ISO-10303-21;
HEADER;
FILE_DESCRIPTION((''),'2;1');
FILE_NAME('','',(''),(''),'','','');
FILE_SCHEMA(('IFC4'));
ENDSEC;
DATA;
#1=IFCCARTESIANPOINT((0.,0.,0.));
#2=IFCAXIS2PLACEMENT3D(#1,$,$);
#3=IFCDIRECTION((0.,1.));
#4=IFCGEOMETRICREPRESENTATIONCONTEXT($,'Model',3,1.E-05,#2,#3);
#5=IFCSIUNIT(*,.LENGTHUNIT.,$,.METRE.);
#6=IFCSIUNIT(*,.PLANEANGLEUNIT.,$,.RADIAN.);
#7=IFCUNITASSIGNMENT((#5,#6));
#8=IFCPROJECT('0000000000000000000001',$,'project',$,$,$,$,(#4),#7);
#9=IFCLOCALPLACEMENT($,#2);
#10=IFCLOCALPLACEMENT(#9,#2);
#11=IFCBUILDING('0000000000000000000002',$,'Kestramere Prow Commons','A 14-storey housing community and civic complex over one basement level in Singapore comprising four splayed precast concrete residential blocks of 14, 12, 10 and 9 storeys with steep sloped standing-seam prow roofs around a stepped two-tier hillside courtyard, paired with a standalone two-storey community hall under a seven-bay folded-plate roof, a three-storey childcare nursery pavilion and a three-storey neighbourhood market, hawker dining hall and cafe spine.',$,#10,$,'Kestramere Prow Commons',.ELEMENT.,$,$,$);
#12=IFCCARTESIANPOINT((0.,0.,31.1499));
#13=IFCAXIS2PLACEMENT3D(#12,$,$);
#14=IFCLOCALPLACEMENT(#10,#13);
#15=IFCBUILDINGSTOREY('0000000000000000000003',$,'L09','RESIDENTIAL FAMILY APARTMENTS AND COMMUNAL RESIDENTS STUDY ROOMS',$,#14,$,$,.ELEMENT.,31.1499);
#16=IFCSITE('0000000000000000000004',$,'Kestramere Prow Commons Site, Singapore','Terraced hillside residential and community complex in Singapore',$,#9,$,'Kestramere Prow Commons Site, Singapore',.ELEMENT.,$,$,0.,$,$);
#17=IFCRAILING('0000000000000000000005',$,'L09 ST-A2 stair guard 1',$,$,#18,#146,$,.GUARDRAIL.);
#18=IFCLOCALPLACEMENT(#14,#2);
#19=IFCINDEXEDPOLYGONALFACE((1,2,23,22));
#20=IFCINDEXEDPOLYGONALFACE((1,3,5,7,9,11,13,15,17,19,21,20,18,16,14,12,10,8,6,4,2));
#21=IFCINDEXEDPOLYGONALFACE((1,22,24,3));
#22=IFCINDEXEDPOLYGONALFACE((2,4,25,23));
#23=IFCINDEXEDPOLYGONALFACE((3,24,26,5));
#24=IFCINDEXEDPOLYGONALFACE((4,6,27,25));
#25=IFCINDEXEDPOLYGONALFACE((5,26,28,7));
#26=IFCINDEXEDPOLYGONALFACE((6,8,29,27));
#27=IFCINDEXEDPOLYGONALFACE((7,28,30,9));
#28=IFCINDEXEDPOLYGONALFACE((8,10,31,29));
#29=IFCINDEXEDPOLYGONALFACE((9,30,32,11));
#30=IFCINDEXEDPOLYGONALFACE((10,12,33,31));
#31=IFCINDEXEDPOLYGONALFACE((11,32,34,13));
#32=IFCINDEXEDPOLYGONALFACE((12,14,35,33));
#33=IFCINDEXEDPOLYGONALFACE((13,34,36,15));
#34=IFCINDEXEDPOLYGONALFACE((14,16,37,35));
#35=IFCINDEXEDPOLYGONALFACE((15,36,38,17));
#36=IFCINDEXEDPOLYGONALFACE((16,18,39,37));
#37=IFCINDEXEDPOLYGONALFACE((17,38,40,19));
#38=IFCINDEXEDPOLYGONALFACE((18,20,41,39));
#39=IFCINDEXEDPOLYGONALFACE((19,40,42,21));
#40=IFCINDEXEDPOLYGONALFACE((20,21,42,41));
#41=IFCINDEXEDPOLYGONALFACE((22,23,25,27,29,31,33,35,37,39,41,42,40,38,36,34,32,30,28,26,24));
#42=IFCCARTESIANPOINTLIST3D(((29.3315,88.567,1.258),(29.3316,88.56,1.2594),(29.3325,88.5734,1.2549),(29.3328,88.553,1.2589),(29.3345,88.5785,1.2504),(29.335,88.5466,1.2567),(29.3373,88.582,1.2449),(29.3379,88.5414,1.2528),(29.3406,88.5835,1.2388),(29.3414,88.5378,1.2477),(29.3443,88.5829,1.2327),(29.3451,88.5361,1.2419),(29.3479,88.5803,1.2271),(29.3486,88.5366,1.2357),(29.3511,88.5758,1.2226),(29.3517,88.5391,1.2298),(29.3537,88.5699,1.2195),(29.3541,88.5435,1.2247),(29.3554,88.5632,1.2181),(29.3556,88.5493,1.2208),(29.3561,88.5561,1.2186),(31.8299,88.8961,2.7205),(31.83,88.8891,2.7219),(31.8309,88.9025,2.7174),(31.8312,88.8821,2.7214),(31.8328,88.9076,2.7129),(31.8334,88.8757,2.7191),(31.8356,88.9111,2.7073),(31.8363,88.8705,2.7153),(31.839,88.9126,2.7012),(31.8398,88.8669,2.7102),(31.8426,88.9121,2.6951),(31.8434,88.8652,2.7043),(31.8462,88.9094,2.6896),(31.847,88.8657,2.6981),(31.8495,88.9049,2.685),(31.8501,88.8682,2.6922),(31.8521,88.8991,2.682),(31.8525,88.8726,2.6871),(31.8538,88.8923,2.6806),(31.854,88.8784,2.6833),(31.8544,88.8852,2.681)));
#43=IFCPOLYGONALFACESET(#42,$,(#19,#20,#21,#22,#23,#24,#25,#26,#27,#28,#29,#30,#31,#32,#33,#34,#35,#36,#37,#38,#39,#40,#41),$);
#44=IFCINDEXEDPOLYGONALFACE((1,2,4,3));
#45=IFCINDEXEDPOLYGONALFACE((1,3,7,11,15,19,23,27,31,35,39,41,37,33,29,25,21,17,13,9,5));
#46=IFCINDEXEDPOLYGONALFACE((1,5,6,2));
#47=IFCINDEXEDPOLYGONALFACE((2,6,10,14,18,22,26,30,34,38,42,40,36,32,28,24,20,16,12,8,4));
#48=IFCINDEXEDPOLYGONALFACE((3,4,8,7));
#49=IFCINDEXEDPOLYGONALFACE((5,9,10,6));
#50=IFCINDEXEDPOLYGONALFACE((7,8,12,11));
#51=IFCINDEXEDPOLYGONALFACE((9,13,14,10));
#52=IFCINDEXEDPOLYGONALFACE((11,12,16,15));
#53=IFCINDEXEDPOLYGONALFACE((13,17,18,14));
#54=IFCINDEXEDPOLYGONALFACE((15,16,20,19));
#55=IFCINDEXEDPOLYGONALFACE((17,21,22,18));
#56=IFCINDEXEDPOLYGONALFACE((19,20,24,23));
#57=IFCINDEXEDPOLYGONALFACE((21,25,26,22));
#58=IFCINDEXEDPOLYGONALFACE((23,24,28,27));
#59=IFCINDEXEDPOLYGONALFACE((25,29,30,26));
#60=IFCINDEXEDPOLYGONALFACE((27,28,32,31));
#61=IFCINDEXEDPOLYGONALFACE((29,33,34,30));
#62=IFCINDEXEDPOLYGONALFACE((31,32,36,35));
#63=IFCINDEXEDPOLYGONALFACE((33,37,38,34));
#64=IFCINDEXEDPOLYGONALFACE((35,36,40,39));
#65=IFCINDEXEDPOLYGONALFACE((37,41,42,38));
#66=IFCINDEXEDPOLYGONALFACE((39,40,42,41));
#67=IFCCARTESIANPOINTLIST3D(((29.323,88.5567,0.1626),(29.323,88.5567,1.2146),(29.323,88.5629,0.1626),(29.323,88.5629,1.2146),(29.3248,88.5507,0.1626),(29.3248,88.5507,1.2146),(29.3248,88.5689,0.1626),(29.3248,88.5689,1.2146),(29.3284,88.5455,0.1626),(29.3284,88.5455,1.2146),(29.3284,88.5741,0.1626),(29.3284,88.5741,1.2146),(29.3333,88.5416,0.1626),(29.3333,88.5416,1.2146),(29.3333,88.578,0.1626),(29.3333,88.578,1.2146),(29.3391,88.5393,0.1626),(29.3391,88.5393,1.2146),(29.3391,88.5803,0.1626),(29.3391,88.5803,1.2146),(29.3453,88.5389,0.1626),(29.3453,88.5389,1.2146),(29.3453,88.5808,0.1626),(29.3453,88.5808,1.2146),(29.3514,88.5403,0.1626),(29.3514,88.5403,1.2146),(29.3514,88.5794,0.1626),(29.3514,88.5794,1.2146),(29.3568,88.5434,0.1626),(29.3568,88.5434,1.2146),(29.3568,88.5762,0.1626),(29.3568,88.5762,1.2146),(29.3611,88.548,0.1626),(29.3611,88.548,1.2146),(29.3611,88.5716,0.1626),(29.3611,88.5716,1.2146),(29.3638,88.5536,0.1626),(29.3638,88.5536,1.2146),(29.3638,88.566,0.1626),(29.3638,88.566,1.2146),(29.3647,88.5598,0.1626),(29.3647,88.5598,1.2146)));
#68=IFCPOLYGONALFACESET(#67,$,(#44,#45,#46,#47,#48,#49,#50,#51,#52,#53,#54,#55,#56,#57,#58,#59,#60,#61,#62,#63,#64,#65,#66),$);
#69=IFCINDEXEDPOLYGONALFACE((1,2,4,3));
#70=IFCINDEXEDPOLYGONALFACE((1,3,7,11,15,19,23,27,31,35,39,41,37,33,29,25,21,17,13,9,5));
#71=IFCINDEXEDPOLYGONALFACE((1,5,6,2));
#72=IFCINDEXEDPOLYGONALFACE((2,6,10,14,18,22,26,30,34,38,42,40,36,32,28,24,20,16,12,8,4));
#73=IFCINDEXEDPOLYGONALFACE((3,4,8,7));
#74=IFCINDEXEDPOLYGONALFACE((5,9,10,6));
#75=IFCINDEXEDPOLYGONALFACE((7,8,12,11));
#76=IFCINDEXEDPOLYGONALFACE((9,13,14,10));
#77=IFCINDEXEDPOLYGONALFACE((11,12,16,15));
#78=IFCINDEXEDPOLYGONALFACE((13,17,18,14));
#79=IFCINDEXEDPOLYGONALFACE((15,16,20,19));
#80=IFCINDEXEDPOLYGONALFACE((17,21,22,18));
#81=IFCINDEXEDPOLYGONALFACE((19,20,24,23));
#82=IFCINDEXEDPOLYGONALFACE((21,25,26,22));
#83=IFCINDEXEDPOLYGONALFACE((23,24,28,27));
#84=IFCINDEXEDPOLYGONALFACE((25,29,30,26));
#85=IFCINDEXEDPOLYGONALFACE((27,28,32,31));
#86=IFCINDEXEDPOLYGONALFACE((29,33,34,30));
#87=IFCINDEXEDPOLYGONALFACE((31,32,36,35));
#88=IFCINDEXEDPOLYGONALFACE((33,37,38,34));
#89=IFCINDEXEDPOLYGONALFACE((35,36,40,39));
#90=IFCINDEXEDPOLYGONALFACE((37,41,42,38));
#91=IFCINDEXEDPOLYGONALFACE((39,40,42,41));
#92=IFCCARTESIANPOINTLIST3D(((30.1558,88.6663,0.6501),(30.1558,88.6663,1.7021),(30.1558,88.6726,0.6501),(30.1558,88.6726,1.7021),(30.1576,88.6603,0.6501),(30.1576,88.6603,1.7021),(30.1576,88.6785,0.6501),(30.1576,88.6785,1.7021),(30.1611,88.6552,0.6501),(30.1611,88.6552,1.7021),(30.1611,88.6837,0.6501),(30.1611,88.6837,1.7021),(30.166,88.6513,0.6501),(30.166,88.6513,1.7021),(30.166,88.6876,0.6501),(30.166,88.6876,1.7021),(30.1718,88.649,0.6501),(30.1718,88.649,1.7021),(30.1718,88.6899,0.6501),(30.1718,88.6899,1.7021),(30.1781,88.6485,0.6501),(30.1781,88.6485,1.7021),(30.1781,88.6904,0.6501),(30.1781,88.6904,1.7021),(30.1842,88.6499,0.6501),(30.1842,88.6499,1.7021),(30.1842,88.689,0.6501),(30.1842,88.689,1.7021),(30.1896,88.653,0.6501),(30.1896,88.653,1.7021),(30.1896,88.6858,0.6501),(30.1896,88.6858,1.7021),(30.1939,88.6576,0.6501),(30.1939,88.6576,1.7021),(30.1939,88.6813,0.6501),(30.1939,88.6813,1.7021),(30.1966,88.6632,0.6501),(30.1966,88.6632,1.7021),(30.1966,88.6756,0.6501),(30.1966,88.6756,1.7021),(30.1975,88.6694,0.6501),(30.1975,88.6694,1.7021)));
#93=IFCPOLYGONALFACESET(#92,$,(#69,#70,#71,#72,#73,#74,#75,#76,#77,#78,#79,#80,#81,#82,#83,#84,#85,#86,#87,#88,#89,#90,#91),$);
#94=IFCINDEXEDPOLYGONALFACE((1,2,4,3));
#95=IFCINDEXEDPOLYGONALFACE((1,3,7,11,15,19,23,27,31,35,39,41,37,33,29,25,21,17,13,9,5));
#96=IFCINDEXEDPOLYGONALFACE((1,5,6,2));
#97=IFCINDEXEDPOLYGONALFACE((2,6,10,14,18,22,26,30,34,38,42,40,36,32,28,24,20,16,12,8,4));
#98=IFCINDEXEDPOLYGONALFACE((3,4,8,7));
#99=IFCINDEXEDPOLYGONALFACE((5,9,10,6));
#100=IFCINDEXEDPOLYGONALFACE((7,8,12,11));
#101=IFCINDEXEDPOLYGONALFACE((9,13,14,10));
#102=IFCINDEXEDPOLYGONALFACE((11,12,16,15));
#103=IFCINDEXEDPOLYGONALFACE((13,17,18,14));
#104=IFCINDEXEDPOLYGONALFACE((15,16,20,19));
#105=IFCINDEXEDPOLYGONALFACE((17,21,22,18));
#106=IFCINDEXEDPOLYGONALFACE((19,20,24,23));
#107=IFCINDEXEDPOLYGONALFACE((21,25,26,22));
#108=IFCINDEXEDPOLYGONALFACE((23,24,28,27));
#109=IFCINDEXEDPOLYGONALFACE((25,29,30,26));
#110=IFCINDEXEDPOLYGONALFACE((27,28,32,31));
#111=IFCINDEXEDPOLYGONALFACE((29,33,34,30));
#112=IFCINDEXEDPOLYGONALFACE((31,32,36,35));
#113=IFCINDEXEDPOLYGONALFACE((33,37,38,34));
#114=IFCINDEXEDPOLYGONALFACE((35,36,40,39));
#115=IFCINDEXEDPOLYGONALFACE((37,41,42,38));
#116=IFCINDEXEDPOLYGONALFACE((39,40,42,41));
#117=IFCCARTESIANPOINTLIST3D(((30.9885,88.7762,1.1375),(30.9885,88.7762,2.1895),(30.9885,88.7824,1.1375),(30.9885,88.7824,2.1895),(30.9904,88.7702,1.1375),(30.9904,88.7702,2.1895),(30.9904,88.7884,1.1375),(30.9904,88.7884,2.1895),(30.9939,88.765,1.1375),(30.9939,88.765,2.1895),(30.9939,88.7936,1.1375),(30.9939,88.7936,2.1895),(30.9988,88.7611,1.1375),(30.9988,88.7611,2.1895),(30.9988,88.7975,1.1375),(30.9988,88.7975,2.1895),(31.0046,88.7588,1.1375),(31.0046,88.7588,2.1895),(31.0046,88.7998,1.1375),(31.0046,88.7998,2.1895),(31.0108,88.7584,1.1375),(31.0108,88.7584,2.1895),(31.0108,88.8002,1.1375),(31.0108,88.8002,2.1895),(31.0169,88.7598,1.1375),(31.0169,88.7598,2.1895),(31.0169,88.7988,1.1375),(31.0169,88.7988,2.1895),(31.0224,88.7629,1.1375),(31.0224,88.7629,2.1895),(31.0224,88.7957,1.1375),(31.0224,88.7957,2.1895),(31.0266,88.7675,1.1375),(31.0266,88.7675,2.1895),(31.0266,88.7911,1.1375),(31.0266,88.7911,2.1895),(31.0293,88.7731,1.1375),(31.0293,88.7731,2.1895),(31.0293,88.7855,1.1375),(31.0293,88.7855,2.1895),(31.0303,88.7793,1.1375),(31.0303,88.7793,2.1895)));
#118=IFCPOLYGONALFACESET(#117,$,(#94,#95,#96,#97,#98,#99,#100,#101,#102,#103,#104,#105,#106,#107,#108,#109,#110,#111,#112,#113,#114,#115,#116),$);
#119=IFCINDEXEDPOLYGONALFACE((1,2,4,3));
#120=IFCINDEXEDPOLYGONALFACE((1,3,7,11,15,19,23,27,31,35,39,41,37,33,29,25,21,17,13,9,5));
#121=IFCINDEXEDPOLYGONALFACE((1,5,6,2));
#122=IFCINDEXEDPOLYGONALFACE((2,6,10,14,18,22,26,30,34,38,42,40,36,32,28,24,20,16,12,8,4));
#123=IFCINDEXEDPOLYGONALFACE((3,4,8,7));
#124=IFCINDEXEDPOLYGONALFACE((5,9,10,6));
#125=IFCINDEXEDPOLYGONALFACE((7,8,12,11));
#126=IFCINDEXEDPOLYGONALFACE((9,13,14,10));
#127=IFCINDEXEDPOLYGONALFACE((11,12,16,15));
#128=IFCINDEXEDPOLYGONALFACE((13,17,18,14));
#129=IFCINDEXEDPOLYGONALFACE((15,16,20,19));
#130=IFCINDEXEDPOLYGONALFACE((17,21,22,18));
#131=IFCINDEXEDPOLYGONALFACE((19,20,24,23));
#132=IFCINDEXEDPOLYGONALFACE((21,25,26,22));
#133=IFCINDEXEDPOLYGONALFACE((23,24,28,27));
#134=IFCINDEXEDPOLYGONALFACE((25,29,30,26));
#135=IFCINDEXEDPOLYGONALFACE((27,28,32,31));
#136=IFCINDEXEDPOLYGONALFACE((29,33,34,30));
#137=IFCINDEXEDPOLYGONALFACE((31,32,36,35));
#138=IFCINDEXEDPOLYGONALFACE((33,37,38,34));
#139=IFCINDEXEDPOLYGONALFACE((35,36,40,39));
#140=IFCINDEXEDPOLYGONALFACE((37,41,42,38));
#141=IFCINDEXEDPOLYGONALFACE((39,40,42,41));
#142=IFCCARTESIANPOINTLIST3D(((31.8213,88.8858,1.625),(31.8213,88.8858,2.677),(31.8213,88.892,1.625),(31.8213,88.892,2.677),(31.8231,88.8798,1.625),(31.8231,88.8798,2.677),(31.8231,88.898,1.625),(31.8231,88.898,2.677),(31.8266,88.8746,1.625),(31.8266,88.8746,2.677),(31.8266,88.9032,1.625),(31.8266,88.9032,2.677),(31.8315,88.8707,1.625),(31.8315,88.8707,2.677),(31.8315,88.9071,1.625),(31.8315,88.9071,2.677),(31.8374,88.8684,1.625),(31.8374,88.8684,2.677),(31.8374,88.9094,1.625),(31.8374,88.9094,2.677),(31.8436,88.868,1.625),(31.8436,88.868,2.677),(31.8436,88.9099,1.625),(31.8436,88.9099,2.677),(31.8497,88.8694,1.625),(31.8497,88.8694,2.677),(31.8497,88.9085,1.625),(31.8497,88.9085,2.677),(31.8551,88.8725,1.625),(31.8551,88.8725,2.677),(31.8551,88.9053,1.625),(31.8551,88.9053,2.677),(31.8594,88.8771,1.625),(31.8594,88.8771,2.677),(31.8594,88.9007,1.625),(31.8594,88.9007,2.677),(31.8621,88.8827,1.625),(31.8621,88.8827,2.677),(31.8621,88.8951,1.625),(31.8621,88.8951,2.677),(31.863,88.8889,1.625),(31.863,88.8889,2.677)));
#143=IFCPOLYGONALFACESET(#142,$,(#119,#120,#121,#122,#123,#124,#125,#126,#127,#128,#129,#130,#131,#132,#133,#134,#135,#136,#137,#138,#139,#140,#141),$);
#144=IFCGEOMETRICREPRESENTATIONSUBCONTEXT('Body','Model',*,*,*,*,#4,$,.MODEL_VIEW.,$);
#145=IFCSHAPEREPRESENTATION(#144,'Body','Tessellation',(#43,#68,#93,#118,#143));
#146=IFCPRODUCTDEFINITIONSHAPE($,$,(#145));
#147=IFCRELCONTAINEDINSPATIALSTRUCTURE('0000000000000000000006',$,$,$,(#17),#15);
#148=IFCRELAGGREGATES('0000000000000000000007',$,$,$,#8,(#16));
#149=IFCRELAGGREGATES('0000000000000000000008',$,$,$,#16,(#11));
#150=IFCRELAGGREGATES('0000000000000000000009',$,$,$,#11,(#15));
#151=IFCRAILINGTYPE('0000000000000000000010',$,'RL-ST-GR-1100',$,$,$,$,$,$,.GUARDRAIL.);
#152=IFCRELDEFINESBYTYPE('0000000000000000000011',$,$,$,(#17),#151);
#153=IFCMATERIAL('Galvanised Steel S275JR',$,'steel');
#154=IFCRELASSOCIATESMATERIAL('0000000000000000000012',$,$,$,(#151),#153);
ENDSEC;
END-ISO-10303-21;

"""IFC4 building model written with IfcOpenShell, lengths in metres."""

from ifc_helpers import new_model, si_unit, direction, frame, origin, origin_2d, place, context, subcontext, project, spatial, circle, extrude, material, type_object, element, save


model = new_model("IFC4")

# Units and contexts
model_context = context("Model", 3, precision=1e-05, world=origin(), true_north=direction((0.0, 1.0)))
body_context = subcontext(model_context, "Body", "Model", "MODEL_VIEW")
ifc_project = project(units=[si_unit("LENGTHUNIT", "METRE"), si_unit("PLANEANGLEUNIT", "RADIAN")], contexts=[model_context])

# Site, building, storey
site_placement = place(None, origin())
site = spatial("IfcSite", under=ifc_project, at=site_placement, Name="Kestramere Prow Commons Site, Singapore", Description="Terraced hillside residential and community complex in Singapore", LongName="Kestramere Prow Commons Site, Singapore", CompositionType="ELEMENT", RefElevation=0.0)
building_placement = place(site_placement, origin())
building = spatial("IfcBuilding", under=site, at=building_placement, Name="Kestramere Prow Commons", Description="A 14-storey housing community and civic complex over one basement level in Singapore comprising four splayed precast concrete residential blocks of 14, 12, 10 and 9 storeys with steep sloped standing-seam prow roofs around a stepped two-tier hillside courtyard, paired with a standalone two-storey community hall under a seven-bay folded-plate roof, a three-storey childcare nursery pavilion and a three-storey neighbourhood market, hawker dining hall and cafe spine.", LongName="Kestramere Prow Commons", CompositionType="ELEMENT")
storey_placement = place(building_placement, frame((0.0, 0.0, 31.1499)))
storey = spatial("IfcBuildingStorey", under=building, at=storey_placement, Name="L09", Description="RESIDENTIAL FAMILY APARTMENTS AND COMMUNAL RESIDENTS STUDY ROOMS", CompositionType="ELEMENT", Elevation=31.1499)

# Railing
ifc_material_1 = material(Name="Galvanised Steel S275JR", Category="steel")
railing_type_1 = type_object("IfcRailingType", Name="RL-ST-GR-1100", PredefinedType="GUARDRAIL", material=ifc_material_1)
railing_1_placement = place(storey_placement, frame((29.3438, 88.5598, 0.1626)))
element("IfcRailing", 1, at=railing_1_placement, inside=storey, type_object=railing_type_1, Name="L09 ST-A2 stair guard 1", PredefinedType="GUARDRAIL", context=body_context, shape_type="SweptSolid", body=[
    extrude(circle(Radius=0.0239, at=origin_2d()), frame((0.0, 0.0, 1.0762), z_axis=(0.857493, 0.112958, 0.501943), x_axis=(-0.130602, 0.991435, 0.0)), (0.0, 0.0, 1.0), 2.9136),
    extrude(circle(Radius=0.021, at=origin_2d()), origin(), (0.0, 0.0, 1.0), 1.052),
    extrude(circle(Radius=0.021, at=origin_2d()), frame((0.8328, 0.1096, 0.4875)), (0.0, 0.0, 1.0), 1.052),
    extrude(circle(Radius=0.021, at=origin_2d()), frame((1.6655, 0.2195, 0.9749)), (0.0, 0.0, 1.0), 1.052),
    extrude(circle(Radius=0.021, at=origin_2d()), frame((2.4983, 0.3291, 1.4624)), (0.0, 0.0, 1.0), 1.052),
])

save(model, "model.ifc")
